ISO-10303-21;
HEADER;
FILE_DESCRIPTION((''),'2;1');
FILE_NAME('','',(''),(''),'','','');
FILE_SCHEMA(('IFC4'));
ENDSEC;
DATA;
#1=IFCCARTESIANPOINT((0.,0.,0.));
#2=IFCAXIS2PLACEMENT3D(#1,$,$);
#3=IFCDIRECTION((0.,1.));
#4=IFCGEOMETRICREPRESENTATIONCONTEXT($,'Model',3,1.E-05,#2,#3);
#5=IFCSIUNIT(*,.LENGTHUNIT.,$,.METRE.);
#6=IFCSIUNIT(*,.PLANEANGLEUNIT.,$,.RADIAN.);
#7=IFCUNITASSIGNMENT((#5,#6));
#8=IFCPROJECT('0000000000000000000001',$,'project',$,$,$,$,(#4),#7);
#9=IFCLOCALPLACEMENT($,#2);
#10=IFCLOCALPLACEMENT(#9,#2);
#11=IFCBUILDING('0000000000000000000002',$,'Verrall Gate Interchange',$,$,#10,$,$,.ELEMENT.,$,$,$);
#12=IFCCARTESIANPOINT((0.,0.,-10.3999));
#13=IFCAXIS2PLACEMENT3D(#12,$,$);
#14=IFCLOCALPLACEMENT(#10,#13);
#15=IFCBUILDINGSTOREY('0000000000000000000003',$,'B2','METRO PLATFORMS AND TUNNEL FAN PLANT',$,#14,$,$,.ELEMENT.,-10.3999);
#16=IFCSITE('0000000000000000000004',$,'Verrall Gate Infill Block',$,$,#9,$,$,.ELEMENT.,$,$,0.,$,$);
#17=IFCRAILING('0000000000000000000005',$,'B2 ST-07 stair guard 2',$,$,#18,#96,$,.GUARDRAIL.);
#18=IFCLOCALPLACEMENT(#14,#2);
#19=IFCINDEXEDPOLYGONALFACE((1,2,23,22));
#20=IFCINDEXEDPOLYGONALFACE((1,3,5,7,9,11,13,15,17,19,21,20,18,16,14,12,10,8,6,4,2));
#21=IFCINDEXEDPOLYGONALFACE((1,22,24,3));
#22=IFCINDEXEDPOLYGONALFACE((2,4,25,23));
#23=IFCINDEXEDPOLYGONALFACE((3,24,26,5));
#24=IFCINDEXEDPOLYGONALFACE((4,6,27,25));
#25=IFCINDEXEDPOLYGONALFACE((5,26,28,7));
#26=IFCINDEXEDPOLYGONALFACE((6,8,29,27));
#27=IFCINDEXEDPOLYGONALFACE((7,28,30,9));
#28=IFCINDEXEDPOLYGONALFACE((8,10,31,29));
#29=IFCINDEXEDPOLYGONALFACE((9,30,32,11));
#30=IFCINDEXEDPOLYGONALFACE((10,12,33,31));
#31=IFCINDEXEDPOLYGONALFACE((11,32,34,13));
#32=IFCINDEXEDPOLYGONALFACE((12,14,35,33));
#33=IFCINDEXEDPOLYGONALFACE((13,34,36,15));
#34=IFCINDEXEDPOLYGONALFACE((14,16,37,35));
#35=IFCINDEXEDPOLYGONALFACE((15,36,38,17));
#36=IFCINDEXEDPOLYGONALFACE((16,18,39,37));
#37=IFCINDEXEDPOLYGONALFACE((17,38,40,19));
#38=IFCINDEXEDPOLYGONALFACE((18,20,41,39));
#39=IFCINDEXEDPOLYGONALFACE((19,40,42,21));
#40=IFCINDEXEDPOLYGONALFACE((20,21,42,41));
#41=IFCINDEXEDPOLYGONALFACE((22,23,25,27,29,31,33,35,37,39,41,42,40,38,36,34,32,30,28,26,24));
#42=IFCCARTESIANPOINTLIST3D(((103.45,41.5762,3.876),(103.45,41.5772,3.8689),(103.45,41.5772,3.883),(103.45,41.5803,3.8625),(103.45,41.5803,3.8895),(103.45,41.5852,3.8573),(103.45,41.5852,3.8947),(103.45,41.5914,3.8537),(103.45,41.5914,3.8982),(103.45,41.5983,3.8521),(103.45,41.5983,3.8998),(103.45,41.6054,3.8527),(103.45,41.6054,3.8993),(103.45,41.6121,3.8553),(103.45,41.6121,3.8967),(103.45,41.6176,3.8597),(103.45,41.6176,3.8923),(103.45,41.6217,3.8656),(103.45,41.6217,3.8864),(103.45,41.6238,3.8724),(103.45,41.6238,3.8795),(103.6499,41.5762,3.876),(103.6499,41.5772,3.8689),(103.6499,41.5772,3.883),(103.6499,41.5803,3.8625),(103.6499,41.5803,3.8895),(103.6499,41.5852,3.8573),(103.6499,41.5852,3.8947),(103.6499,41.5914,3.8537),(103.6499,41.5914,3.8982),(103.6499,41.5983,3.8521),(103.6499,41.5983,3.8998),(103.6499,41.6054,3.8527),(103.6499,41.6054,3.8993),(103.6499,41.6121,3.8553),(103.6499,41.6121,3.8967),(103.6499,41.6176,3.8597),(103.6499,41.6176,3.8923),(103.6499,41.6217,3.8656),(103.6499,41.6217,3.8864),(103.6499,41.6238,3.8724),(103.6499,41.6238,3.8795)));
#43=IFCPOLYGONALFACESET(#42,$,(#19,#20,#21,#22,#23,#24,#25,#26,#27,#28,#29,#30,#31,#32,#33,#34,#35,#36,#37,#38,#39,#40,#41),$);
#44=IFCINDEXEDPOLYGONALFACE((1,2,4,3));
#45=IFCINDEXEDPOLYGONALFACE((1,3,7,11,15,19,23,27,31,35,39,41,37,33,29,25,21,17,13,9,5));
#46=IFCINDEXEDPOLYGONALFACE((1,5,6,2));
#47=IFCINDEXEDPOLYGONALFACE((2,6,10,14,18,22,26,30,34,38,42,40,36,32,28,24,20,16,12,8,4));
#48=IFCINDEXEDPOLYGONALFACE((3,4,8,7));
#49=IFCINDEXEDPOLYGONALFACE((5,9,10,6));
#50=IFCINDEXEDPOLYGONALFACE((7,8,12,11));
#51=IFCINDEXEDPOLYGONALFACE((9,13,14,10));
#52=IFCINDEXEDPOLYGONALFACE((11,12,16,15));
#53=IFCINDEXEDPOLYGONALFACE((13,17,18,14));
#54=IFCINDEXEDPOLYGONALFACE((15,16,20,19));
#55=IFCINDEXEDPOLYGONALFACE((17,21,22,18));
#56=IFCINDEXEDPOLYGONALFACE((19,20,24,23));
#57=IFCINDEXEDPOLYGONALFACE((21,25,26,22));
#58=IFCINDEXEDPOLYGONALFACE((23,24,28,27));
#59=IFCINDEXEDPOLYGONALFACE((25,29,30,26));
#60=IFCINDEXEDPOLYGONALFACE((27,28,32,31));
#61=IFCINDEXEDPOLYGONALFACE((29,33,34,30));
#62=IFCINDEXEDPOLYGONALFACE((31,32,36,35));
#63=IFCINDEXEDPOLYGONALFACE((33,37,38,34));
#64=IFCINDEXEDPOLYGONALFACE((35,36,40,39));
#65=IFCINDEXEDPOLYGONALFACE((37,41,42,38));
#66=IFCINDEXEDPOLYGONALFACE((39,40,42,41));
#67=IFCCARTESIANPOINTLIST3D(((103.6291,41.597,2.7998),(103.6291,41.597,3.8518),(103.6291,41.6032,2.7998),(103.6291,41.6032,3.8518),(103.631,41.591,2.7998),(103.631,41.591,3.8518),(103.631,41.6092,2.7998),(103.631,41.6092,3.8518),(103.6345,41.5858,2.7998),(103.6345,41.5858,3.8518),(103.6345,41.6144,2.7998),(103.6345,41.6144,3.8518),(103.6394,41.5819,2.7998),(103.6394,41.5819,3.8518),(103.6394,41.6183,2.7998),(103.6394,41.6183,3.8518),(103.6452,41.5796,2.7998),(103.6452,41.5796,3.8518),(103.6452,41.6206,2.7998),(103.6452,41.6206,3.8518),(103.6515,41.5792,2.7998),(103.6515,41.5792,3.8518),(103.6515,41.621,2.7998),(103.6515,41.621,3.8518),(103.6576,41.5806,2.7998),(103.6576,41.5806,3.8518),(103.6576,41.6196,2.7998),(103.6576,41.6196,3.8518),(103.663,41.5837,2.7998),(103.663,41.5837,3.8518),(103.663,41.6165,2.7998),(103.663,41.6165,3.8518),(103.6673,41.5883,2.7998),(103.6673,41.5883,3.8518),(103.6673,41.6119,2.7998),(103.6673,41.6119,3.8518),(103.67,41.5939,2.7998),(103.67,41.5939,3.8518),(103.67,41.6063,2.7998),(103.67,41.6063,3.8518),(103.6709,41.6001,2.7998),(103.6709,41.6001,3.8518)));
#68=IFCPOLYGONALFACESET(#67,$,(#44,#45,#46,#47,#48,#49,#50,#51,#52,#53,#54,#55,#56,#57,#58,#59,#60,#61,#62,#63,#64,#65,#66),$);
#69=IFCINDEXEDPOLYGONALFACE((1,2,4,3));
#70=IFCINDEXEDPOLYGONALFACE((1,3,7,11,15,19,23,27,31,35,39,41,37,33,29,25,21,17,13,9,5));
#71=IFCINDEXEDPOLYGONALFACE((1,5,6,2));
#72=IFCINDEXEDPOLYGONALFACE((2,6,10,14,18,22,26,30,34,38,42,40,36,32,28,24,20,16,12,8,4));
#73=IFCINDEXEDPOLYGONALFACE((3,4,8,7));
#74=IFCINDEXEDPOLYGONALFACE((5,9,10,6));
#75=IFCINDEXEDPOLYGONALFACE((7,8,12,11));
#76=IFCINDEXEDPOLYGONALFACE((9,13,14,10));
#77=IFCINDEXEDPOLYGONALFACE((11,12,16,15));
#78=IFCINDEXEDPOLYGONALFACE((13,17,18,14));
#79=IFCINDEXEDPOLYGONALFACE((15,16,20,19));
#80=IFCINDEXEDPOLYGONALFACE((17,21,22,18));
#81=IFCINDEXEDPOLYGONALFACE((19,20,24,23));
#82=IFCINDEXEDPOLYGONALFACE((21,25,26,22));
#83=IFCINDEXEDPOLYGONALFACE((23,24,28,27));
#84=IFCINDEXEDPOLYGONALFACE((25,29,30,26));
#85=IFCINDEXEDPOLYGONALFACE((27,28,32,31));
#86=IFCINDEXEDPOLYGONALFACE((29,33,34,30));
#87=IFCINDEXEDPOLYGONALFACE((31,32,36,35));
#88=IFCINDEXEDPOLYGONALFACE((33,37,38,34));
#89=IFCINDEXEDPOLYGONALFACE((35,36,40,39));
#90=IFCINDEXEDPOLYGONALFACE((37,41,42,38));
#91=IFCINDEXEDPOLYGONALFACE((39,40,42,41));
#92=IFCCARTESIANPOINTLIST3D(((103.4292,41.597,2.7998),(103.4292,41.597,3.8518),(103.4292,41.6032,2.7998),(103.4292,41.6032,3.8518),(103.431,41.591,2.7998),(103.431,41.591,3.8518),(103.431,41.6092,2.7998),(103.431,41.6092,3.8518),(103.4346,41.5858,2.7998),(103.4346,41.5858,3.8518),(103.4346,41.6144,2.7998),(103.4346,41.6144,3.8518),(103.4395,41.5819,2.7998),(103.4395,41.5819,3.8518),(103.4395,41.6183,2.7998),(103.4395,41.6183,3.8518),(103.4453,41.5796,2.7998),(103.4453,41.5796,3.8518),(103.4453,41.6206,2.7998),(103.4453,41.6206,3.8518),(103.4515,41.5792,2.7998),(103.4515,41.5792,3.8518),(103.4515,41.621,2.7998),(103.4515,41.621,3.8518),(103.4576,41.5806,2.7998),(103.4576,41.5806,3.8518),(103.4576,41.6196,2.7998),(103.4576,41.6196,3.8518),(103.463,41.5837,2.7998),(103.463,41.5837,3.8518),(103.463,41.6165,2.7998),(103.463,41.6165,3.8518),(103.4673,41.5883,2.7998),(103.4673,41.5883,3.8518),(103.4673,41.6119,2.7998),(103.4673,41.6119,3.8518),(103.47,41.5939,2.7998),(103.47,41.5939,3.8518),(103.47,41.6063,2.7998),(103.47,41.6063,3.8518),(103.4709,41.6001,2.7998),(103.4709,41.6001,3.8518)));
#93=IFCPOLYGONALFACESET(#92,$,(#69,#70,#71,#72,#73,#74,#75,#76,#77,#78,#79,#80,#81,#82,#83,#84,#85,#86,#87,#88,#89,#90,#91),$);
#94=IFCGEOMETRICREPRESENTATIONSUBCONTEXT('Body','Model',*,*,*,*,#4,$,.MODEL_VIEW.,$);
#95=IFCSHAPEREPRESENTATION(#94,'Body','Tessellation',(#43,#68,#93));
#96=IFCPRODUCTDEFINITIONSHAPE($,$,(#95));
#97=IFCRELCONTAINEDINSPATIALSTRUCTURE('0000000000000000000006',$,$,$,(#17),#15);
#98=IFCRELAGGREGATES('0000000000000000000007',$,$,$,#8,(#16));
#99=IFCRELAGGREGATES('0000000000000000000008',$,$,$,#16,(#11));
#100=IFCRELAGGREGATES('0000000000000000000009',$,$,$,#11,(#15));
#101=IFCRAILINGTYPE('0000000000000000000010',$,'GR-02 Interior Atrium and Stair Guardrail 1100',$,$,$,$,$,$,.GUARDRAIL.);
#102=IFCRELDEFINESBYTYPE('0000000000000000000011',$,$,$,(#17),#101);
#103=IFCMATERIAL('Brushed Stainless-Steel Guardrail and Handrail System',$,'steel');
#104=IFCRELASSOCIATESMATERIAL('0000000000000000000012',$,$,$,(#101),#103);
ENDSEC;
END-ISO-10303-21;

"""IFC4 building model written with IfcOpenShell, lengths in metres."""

from ifc_helpers import new_model, si_unit, direction, frame, origin, origin_2d, place, context, subcontext, project, spatial, circle, extrude, material, type_object, element, save


model = new_model("IFC4")

# Units and contexts
model_context = context("Model", 3, precision=1e-05, world=origin(), true_north=direction((0.0, 1.0)))
body_context = subcontext(model_context, "Body", "Model", "MODEL_VIEW")
ifc_project = project(units=[si_unit("LENGTHUNIT", "METRE"), si_unit("PLANEANGLEUNIT", "RADIAN")], contexts=[model_context])

# Site, building, storey
site_placement = place(None, origin())
site = spatial("IfcSite", under=ifc_project, at=site_placement, Name="Verrall Gate Infill Block", CompositionType="ELEMENT", RefElevation=0.0)
building_placement = place(site_placement, origin())
building = spatial("IfcBuilding", under=site, at=building_placement, Name="Verrall Gate Interchange", CompositionType="ELEMENT")
storey_placement = place(building_placement, frame((0.0, 0.0, -10.3999)))
storey = spatial("IfcBuildingStorey", under=building, at=storey_placement, Name="B2", Description="METRO PLATFORMS AND TUNNEL FAN PLANT", CompositionType="ELEMENT", Elevation=-10.3999)

# Railing
ifc_material_1 = material(Name="Brushed Stainless-Steel Guardrail and Handrail System", Category="steel")
railing_type_1 = type_object("IfcRailingType", Name="GR-02 Interior Atrium and Stair Guardrail 1100", PredefinedType="GUARDRAIL", material=ifc_material_1)
railing_1_placement = place(storey_placement, frame((103.6499, 41.6001, 2.7998)))
element("IfcRailing", 1, at=railing_1_placement, inside=storey, type_object=railing_type_1, Name="B2 ST-07 stair guard 2", PredefinedType="GUARDRAIL", context=body_context, shape_type="SweptSolid", body=[
    extrude(circle(Radius=0.0239, at=origin_2d()), frame((0.0, 0.0, 1.0762), z_axis=(-1.0, 0.0, 0.0), x_axis=(0.0, -1.0, 0.0)), (0.0, 0.0, 1.0), 0.2),
    extrude(circle(Radius=0.021, at=origin_2d()), origin(), (0.0, 0.0, 1.0), 1.052),
    extrude(circle(Radius=0.021, at=origin_2d()), frame((-0.2, 0.0, 0.0)), (0.0, 0.0, 1.0), 1.052),
])

save(model, "model.ifc")
